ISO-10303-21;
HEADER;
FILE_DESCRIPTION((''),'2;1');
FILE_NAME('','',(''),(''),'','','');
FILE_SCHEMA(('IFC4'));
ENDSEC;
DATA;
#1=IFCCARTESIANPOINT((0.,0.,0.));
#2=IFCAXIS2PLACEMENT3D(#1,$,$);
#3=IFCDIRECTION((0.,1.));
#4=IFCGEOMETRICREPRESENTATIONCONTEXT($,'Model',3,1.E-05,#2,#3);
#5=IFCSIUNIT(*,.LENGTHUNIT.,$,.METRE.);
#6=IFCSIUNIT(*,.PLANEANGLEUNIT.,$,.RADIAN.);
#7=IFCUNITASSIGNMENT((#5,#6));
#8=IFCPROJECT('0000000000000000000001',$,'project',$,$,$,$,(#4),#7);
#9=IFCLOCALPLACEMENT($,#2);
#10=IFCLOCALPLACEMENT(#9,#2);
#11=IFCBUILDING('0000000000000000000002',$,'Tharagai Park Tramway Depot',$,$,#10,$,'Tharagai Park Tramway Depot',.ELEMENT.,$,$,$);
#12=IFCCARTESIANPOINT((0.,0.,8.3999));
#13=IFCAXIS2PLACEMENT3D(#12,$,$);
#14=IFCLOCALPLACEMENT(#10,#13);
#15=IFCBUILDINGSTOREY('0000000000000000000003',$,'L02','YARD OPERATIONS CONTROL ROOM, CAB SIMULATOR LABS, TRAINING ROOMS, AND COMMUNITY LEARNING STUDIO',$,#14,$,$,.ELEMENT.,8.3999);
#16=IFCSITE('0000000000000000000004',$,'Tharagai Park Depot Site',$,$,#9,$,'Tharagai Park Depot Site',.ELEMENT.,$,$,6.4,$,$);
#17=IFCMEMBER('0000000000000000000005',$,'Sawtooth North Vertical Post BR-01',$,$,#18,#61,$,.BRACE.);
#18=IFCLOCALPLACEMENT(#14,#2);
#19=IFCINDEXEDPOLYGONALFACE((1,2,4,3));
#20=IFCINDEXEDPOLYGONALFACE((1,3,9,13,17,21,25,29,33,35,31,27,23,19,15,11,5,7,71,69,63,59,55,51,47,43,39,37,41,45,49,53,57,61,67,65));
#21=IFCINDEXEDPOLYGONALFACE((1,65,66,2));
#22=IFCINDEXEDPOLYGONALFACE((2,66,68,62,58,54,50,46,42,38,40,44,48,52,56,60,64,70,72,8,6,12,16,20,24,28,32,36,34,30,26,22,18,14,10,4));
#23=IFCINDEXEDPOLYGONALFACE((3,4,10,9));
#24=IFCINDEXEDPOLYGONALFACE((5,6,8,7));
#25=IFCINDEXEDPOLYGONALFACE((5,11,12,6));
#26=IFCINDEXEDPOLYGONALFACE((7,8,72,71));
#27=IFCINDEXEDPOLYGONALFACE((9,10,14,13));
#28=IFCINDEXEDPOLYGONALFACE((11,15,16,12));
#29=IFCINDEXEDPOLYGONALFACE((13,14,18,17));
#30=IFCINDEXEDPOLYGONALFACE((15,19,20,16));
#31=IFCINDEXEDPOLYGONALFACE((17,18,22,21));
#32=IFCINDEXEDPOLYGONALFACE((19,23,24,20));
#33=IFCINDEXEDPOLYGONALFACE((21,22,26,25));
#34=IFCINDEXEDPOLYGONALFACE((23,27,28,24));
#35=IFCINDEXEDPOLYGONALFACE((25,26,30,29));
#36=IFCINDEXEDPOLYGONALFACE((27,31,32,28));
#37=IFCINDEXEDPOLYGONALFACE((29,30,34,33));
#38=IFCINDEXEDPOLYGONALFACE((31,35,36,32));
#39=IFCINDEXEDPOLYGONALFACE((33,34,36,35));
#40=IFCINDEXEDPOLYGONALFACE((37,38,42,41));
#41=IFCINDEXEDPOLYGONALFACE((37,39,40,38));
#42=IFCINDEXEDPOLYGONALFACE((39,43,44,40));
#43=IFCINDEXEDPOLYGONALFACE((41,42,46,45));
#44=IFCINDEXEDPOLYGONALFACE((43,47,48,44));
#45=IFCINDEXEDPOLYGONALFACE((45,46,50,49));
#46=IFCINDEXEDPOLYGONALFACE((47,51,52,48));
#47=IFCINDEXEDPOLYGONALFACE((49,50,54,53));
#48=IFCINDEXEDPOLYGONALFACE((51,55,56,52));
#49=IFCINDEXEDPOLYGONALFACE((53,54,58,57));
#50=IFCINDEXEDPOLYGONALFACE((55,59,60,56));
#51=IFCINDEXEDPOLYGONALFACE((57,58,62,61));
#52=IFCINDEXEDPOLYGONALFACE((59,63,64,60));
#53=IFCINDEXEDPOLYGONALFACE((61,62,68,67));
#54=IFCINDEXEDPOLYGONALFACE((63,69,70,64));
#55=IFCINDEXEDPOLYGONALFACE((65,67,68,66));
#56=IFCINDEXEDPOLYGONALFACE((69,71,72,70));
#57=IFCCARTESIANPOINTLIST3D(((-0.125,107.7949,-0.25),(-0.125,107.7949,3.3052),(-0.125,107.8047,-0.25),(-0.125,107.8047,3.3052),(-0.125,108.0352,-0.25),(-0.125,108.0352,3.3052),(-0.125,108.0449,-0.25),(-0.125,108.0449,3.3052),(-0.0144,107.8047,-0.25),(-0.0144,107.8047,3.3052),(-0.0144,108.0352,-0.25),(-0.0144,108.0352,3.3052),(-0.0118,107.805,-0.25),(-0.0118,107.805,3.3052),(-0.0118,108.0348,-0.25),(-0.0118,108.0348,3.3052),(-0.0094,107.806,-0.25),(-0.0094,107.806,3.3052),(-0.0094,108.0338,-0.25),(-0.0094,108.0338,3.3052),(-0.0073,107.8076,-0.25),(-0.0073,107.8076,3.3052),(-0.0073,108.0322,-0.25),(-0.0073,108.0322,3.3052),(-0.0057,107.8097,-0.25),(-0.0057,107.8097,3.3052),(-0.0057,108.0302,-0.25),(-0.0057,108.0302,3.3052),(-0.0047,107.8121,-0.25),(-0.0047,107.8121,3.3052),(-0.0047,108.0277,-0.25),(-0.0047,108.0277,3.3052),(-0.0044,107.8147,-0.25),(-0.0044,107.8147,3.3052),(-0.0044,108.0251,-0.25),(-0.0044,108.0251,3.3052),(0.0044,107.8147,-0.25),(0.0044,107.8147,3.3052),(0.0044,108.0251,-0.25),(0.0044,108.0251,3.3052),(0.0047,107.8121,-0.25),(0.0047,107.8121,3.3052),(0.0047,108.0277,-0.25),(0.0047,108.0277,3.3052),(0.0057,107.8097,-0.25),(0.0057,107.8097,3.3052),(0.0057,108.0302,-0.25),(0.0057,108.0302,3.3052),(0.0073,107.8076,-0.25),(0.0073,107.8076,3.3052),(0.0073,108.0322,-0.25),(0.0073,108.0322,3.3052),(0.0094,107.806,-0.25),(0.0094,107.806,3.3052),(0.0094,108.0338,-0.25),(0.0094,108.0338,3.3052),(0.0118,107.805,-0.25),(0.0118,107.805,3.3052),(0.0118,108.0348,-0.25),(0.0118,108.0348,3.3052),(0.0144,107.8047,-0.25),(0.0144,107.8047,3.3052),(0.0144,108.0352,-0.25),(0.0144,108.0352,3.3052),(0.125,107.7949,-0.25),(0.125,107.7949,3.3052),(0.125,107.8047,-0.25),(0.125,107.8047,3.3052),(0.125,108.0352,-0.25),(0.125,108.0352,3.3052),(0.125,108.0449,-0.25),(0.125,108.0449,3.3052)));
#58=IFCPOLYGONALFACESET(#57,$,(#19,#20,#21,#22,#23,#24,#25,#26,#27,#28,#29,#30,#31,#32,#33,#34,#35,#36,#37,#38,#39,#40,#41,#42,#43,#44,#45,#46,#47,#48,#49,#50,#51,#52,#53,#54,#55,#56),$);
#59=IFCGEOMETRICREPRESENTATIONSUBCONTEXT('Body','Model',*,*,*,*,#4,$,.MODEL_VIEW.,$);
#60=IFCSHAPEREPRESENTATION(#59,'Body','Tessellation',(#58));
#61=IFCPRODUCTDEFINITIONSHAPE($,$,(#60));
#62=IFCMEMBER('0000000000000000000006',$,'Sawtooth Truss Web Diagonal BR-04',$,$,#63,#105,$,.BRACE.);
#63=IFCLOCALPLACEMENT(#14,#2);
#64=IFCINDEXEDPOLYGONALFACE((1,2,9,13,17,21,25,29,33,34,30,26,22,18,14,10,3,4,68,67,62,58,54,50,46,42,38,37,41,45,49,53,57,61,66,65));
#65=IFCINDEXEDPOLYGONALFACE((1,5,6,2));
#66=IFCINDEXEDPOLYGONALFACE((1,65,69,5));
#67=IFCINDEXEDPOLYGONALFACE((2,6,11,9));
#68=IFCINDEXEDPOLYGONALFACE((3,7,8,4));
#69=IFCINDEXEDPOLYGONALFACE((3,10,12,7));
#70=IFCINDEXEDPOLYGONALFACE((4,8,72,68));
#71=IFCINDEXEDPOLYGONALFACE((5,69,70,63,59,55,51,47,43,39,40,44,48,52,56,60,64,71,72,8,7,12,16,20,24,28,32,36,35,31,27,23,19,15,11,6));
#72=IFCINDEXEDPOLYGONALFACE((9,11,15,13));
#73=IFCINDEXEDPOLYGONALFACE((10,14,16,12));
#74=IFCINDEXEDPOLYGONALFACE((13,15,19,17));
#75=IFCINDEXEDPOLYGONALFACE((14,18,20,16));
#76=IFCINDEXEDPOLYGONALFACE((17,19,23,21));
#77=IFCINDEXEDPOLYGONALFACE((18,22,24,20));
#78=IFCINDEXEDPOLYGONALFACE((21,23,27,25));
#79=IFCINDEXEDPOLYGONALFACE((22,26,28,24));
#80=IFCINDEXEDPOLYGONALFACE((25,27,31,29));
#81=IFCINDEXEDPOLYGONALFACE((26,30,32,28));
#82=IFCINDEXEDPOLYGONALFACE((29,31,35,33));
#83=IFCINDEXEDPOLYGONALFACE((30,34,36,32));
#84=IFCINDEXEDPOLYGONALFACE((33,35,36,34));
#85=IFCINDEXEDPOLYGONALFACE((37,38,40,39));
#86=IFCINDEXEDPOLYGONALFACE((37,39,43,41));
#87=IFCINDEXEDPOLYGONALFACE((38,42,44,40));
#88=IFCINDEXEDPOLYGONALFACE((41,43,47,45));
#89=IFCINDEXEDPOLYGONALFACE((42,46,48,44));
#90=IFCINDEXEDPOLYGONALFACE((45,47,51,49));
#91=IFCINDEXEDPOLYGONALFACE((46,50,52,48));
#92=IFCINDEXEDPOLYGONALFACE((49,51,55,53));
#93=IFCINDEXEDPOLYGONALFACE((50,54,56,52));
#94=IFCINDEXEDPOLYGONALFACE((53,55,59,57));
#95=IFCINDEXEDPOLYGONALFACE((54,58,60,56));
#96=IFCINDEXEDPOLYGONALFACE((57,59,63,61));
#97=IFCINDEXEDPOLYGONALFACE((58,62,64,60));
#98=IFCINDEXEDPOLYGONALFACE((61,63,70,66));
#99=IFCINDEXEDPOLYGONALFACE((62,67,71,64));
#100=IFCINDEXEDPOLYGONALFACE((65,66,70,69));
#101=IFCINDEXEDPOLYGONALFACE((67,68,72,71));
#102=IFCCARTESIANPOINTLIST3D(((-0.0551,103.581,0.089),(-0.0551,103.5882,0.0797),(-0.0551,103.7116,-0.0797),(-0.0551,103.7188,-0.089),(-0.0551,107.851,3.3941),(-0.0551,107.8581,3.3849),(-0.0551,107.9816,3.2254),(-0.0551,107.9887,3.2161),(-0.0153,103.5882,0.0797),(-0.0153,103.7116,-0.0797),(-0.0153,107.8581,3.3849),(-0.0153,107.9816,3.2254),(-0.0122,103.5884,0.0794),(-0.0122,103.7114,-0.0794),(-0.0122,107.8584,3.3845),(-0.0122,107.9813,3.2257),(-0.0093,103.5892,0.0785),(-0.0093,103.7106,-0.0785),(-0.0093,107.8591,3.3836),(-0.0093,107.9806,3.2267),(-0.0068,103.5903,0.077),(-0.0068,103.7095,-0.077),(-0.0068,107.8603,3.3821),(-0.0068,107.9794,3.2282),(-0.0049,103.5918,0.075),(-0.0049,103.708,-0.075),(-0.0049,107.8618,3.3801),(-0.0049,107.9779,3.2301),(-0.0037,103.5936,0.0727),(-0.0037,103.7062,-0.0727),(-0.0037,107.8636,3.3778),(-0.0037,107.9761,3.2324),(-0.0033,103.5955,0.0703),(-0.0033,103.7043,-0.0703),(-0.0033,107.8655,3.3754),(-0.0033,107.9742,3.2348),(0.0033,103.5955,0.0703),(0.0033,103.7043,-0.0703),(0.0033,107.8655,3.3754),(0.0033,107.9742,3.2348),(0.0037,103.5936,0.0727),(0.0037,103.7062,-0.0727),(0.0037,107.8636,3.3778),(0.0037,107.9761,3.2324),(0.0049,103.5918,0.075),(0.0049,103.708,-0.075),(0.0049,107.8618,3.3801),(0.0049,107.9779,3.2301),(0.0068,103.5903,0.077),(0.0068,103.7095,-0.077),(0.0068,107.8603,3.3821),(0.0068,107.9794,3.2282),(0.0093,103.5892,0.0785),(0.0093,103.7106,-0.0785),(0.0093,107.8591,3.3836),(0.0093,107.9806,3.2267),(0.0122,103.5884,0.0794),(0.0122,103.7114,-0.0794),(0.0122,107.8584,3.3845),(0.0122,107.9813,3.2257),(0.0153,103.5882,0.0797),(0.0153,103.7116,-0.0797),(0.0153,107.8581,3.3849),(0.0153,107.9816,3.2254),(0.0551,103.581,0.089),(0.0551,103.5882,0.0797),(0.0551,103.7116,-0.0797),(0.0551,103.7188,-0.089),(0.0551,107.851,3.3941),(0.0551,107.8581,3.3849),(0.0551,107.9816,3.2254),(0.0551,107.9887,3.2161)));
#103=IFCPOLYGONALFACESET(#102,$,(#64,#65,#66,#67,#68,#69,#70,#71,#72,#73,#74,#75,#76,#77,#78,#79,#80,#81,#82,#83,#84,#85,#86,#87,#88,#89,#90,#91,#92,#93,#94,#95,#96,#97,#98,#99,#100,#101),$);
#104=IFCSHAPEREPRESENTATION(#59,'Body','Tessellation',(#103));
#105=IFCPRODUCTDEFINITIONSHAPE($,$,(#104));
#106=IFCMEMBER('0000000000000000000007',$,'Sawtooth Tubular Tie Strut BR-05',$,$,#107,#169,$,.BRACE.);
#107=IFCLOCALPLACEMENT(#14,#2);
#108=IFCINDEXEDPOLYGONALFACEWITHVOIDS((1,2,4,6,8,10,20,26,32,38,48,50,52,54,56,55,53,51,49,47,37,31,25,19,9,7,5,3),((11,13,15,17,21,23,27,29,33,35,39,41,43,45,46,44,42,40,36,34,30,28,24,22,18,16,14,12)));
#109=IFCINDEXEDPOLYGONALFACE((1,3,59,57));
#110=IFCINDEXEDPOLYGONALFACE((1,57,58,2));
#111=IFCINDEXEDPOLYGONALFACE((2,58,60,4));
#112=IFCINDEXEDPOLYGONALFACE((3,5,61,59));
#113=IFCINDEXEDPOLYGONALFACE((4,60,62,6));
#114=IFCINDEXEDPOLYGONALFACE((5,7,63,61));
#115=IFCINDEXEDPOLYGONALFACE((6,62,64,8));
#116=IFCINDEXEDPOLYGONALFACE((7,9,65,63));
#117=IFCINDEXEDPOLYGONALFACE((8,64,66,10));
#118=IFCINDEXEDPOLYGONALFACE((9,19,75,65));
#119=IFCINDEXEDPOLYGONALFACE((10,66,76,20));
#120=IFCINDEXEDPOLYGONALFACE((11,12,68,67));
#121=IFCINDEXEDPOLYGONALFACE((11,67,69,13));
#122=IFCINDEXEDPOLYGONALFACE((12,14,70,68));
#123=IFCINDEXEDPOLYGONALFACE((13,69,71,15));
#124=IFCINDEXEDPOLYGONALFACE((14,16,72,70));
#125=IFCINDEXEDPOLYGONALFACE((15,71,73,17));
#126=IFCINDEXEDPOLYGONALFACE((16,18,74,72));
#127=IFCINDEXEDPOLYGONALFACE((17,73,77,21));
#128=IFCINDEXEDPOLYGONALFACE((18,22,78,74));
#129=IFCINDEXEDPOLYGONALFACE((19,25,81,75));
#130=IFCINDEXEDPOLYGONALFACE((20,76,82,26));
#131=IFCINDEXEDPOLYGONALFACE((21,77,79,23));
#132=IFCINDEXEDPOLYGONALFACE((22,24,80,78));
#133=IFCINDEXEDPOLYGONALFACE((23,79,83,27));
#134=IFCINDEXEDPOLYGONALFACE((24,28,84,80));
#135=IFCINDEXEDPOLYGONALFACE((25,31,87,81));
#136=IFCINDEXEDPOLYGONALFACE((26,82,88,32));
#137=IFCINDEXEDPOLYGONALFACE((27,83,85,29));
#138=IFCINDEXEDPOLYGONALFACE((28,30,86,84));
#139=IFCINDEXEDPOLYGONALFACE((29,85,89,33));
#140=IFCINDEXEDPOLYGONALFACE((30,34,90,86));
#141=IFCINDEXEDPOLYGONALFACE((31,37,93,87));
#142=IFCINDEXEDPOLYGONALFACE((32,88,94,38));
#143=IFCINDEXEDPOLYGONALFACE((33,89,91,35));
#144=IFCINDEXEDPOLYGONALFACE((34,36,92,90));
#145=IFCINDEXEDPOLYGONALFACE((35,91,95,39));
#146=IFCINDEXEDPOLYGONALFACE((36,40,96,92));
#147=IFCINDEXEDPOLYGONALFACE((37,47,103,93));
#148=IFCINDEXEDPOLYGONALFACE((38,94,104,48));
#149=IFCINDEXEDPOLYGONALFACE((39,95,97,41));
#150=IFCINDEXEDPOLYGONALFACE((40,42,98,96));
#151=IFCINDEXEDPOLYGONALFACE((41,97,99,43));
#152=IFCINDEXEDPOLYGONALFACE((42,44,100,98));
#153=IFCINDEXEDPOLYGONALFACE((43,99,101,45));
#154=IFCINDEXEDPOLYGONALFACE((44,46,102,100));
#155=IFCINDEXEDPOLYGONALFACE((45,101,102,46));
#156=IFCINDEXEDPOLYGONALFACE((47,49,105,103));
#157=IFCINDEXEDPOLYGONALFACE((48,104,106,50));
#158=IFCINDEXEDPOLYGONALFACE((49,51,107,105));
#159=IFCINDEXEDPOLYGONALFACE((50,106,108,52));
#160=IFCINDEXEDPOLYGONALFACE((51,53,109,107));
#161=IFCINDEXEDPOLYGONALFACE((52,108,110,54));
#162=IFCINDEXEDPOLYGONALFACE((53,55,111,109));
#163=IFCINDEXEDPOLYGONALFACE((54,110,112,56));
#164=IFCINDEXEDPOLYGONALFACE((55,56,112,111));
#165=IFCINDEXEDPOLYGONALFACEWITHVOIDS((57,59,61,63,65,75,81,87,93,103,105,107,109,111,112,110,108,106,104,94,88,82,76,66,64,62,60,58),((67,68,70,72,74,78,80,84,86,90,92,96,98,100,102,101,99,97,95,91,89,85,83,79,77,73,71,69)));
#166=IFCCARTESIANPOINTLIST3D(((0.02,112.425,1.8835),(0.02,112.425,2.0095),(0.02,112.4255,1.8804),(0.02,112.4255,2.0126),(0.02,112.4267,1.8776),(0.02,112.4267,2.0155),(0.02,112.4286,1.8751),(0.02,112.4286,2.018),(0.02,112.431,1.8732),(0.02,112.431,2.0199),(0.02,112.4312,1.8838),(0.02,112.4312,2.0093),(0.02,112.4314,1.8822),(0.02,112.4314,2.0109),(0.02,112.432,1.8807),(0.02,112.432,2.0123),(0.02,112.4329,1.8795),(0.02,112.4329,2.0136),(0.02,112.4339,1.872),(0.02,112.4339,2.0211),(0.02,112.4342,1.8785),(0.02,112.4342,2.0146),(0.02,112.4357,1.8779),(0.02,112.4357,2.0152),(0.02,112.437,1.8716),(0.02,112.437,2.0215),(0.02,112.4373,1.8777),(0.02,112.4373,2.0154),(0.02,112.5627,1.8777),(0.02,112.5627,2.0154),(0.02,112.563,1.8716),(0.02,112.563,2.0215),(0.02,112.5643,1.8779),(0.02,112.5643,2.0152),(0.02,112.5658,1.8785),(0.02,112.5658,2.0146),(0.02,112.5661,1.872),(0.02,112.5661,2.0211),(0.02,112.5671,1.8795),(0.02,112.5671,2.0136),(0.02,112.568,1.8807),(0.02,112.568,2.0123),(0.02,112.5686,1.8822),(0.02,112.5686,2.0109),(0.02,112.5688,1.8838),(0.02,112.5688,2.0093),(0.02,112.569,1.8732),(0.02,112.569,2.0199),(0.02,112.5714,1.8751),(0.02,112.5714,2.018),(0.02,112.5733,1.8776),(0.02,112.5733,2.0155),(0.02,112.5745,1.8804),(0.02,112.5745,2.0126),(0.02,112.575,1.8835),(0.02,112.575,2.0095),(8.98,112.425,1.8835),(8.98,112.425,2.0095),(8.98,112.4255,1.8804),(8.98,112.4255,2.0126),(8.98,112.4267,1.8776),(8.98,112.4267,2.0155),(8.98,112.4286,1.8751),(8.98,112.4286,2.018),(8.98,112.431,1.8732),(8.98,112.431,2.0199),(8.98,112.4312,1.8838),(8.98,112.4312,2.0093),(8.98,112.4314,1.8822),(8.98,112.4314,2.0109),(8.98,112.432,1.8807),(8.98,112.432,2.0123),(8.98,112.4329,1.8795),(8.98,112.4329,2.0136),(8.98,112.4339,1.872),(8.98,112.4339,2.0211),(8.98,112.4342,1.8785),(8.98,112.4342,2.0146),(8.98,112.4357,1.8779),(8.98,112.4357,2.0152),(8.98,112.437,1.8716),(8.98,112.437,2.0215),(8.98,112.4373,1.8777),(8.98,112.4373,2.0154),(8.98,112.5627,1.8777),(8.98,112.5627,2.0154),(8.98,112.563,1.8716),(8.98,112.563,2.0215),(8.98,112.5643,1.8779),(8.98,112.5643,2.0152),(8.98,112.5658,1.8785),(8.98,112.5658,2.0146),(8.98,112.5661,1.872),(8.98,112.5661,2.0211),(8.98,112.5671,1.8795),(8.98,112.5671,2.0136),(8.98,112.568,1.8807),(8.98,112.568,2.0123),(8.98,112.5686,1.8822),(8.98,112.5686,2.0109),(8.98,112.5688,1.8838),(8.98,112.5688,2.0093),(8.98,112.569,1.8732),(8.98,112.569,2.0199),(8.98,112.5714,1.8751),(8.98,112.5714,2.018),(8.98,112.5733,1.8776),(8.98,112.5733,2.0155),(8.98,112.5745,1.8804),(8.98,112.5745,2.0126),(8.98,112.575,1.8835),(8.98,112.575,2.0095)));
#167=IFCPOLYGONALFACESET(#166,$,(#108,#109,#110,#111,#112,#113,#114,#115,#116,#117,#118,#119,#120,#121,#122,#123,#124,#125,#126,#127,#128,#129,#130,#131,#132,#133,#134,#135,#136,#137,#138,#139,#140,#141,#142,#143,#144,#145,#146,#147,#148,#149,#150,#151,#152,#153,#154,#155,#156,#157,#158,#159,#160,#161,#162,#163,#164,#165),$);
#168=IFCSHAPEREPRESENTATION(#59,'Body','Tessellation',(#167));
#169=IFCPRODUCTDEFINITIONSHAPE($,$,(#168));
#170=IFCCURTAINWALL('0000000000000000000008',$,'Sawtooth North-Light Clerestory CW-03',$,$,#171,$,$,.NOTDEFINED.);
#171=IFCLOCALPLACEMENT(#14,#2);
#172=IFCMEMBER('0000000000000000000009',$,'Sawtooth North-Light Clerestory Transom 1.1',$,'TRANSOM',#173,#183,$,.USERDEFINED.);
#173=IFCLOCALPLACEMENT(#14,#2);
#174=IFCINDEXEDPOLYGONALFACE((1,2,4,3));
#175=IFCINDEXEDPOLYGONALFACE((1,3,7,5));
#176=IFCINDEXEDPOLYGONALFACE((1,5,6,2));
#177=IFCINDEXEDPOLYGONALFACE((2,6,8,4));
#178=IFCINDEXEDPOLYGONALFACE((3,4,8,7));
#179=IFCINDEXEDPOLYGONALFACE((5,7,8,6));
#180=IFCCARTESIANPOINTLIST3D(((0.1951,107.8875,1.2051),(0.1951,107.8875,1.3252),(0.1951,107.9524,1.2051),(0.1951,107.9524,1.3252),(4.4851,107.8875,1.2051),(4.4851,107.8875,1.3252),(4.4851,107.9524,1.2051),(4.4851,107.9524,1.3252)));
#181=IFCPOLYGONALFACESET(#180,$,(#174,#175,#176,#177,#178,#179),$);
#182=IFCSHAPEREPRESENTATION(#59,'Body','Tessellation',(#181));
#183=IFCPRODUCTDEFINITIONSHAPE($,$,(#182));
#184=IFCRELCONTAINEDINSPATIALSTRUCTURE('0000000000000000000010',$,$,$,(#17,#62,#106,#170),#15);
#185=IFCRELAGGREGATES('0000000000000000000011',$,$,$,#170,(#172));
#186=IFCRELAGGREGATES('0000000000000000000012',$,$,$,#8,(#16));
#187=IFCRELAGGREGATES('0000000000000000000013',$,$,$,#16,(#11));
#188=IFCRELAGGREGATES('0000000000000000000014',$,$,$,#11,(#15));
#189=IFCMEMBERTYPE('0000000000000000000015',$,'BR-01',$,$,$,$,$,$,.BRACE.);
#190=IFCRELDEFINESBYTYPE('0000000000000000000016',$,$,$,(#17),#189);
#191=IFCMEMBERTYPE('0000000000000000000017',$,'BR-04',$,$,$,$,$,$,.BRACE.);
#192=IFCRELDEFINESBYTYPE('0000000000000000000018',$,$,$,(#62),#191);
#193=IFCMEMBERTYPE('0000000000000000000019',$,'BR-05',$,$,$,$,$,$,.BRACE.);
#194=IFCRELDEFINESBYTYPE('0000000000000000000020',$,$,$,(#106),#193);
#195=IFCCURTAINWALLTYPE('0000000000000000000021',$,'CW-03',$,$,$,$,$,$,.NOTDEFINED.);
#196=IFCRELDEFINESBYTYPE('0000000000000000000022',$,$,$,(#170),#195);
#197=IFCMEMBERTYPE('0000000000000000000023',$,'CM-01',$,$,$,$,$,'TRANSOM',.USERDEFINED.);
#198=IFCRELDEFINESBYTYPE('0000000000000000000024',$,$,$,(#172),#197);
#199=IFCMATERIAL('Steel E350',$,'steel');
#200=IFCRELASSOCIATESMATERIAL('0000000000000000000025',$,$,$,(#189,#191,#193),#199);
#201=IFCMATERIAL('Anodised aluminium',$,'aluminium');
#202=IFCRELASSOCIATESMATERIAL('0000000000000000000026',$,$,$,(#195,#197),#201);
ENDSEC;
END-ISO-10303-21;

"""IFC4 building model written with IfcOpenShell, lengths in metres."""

from ifc_helpers import new_model, si_unit, direction, frame, origin, origin_2d, place, context, subcontext, project, spatial, rectangle, hollow_rectangle, i_section, extrude, material, material_profile, profile_set, type_object, element, aggregate, save


model = new_model("IFC4")

# Units and contexts
model_context = context("Model", 3, precision=1e-05, world=origin(), true_north=direction((0.0, 1.0)))
body_context = subcontext(model_context, "Body", "Model", "MODEL_VIEW")
ifc_project = project(units=[si_unit("LENGTHUNIT", "METRE"), si_unit("PLANEANGLEUNIT", "RADIAN")], contexts=[model_context])

# Site, building, storey
site_placement = place(None, origin())
site = spatial("IfcSite", under=ifc_project, at=site_placement, Name="Tharagai Park Depot Site", LongName="Tharagai Park Depot Site", CompositionType="ELEMENT", RefElevation=6.4)
building_placement = place(site_placement, origin())
building = spatial("IfcBuilding", under=site, at=building_placement, Name="Tharagai Park Tramway Depot", LongName="Tharagai Park Tramway Depot", CompositionType="ELEMENT")
storey_placement = place(building_placement, frame((0.0, 0.0, 8.3999)))
storey = spatial("IfcBuildingStorey", under=building, at=storey_placement, Name="L02", Description="YARD OPERATIONS CONTROL ROOM, CAB SIMULATOR LABS, TRAINING ROOMS, AND COMMUNITY LEARNING STUDIO", CompositionType="ELEMENT", Elevation=8.3999)

# Members
ifc_material_1 = material(Name="Steel E350", Category="steel")
ifc_material_profile_1 = material_profile(ifc_material_1, i_section(OverallWidth=0.25, OverallDepth=0.25, WebThickness=0.0088, FlangeThickness=0.0098, FilletRadius=0.01, at=origin_2d()), Name="ISHB 250")
ifc_profile_set_1 = profile_set([ifc_material_profile_1], Name="Steel E350")
member_type_1 = type_object("IfcMemberType", Name="BR-01", PredefinedType="BRACE", material=ifc_profile_set_1)
member_1_placement = place(storey_placement, frame((0.0, 107.9199, -0.25), z_axis=(0.0, 0.0, 1.0), x_axis=(1.0, 0.0, 0.0)))
element("IfcMember", 1, at=member_1_placement, inside=storey, type_object=member_type_1, Name="Sawtooth North Vertical Post BR-01", PredefinedType="BRACE", context=body_context, shape_type="SweptSolid", body=[
    extrude(i_section(OverallWidth=0.25, OverallDepth=0.25, WebThickness=0.0088, FlangeThickness=0.0098, FilletRadius=0.01, at=origin_2d()), origin(), (0.0, 0.0, 1.0), 3.5552),
])
ifc_material_profile_2 = material_profile(ifc_material_1, i_section(OverallWidth=0.1101, OverallDepth=0.2251, WebThickness=0.0066, FlangeThickness=0.0117, FilletRadius=0.012, at=origin_2d()), Name="ISMB 225")
ifc_profile_set_2 = profile_set([ifc_material_profile_2], Name="Steel E350")
member_type_2 = type_object("IfcMemberType", Name="BR-04", PredefinedType="BRACE", material=ifc_profile_set_2)
member_2_placement = place(storey_placement, frame((0.0, 103.6499, 0.0), z_axis=(0.0, 0.790782, 0.612098), x_axis=(-1.0, 0.0, 0.0)))
element("IfcMember", 2, at=member_2_placement, inside=storey, type_object=member_type_2, Name="Sawtooth Truss Web Diagonal BR-04", PredefinedType="BRACE", context=body_context, shape_type="SweptSolid", body=[
    extrude(i_section(OverallWidth=0.1101, OverallDepth=0.2251, WebThickness=0.0066, FlangeThickness=0.0117, FilletRadius=0.012, at=origin_2d()), origin(), (0.0, 0.0, 1.0), 5.3997),
])
ifc_material_profile_3 = material_profile(ifc_material_1, hollow_rectangle(XDim=0.1499, YDim=0.1499, WallThickness=0.0061, InnerFilletRadius=0.0061, OuterFilletRadius=0.012, at=origin_2d()), Name="SHS 150x150x6")
ifc_profile_set_3 = profile_set([ifc_material_profile_3], Name="Steel E350")
member_type_3 = type_object("IfcMemberType", Name="BR-05", PredefinedType="BRACE", material=ifc_profile_set_3)
member_3_placement = place(storey_placement, frame((0.02, 112.5, 1.9465), z_axis=(1.0, 0.0, 0.0), x_axis=(0.0, 1.0, 0.0)))
element("IfcMember", 3, at=member_3_placement, inside=storey, type_object=member_type_3, Name="Sawtooth Tubular Tie Strut BR-05", PredefinedType="BRACE", context=body_context, shape_type="SweptSolid", body=[
    extrude(hollow_rectangle(XDim=0.1499, YDim=0.1499, WallThickness=0.0061, InnerFilletRadius=0.0061, OuterFilletRadius=0.012, at=origin_2d()), origin(), (0.0, 0.0, 1.0), 8.96),
])

# Curtain wall, member
ifc_material_2 = material(Name="Anodised aluminium", Category="aluminium")
curtain_wall_type = type_object("IfcCurtainWallType", Name="CW-03", PredefinedType="NOTDEFINED", material=ifc_material_2)
curtain_wall_placement = place(storey_placement, origin())
curtain_wall = element("IfcCurtainWall", 4, at=curtain_wall_placement, inside=storey, type_object=curtain_wall_type, Name="Sawtooth North-Light Clerestory CW-03", PredefinedType="NOTDEFINED")
ifc_material_profile_4 = material_profile(ifc_material_2, rectangle(XDim=0.0649, YDim=0.1201, at=origin_2d()), Name="ALU 65x120")
ifc_profile_set_4 = profile_set([ifc_material_profile_4], Name="Anodised aluminium")
member_type_4 = type_object("IfcMemberType", Name="CM-01", ElementType="TRANSOM", PredefinedType="USERDEFINED", material=ifc_profile_set_4)
member_4_placement = place(storey_placement, frame((0.1951, 107.9199, 1.2651), z_axis=(1.0, 0.0, 0.0), x_axis=(0.0, 1.0, 0.0)))
member_4 = element("IfcMember", 5, at=member_4_placement, type_object=member_type_4, Name="Sawtooth North-Light Clerestory Transom 1.1", ObjectType="TRANSOM", PredefinedType="USERDEFINED", context=body_context, shape_type="SweptSolid", body=[
    extrude(rectangle(XDim=0.0649, YDim=0.1201, at=origin_2d()), origin(), (0.0, 0.0, 1.0), 4.29),
])

aggregate(curtain_wall, [member_4])

save(model, "model.ifc")
